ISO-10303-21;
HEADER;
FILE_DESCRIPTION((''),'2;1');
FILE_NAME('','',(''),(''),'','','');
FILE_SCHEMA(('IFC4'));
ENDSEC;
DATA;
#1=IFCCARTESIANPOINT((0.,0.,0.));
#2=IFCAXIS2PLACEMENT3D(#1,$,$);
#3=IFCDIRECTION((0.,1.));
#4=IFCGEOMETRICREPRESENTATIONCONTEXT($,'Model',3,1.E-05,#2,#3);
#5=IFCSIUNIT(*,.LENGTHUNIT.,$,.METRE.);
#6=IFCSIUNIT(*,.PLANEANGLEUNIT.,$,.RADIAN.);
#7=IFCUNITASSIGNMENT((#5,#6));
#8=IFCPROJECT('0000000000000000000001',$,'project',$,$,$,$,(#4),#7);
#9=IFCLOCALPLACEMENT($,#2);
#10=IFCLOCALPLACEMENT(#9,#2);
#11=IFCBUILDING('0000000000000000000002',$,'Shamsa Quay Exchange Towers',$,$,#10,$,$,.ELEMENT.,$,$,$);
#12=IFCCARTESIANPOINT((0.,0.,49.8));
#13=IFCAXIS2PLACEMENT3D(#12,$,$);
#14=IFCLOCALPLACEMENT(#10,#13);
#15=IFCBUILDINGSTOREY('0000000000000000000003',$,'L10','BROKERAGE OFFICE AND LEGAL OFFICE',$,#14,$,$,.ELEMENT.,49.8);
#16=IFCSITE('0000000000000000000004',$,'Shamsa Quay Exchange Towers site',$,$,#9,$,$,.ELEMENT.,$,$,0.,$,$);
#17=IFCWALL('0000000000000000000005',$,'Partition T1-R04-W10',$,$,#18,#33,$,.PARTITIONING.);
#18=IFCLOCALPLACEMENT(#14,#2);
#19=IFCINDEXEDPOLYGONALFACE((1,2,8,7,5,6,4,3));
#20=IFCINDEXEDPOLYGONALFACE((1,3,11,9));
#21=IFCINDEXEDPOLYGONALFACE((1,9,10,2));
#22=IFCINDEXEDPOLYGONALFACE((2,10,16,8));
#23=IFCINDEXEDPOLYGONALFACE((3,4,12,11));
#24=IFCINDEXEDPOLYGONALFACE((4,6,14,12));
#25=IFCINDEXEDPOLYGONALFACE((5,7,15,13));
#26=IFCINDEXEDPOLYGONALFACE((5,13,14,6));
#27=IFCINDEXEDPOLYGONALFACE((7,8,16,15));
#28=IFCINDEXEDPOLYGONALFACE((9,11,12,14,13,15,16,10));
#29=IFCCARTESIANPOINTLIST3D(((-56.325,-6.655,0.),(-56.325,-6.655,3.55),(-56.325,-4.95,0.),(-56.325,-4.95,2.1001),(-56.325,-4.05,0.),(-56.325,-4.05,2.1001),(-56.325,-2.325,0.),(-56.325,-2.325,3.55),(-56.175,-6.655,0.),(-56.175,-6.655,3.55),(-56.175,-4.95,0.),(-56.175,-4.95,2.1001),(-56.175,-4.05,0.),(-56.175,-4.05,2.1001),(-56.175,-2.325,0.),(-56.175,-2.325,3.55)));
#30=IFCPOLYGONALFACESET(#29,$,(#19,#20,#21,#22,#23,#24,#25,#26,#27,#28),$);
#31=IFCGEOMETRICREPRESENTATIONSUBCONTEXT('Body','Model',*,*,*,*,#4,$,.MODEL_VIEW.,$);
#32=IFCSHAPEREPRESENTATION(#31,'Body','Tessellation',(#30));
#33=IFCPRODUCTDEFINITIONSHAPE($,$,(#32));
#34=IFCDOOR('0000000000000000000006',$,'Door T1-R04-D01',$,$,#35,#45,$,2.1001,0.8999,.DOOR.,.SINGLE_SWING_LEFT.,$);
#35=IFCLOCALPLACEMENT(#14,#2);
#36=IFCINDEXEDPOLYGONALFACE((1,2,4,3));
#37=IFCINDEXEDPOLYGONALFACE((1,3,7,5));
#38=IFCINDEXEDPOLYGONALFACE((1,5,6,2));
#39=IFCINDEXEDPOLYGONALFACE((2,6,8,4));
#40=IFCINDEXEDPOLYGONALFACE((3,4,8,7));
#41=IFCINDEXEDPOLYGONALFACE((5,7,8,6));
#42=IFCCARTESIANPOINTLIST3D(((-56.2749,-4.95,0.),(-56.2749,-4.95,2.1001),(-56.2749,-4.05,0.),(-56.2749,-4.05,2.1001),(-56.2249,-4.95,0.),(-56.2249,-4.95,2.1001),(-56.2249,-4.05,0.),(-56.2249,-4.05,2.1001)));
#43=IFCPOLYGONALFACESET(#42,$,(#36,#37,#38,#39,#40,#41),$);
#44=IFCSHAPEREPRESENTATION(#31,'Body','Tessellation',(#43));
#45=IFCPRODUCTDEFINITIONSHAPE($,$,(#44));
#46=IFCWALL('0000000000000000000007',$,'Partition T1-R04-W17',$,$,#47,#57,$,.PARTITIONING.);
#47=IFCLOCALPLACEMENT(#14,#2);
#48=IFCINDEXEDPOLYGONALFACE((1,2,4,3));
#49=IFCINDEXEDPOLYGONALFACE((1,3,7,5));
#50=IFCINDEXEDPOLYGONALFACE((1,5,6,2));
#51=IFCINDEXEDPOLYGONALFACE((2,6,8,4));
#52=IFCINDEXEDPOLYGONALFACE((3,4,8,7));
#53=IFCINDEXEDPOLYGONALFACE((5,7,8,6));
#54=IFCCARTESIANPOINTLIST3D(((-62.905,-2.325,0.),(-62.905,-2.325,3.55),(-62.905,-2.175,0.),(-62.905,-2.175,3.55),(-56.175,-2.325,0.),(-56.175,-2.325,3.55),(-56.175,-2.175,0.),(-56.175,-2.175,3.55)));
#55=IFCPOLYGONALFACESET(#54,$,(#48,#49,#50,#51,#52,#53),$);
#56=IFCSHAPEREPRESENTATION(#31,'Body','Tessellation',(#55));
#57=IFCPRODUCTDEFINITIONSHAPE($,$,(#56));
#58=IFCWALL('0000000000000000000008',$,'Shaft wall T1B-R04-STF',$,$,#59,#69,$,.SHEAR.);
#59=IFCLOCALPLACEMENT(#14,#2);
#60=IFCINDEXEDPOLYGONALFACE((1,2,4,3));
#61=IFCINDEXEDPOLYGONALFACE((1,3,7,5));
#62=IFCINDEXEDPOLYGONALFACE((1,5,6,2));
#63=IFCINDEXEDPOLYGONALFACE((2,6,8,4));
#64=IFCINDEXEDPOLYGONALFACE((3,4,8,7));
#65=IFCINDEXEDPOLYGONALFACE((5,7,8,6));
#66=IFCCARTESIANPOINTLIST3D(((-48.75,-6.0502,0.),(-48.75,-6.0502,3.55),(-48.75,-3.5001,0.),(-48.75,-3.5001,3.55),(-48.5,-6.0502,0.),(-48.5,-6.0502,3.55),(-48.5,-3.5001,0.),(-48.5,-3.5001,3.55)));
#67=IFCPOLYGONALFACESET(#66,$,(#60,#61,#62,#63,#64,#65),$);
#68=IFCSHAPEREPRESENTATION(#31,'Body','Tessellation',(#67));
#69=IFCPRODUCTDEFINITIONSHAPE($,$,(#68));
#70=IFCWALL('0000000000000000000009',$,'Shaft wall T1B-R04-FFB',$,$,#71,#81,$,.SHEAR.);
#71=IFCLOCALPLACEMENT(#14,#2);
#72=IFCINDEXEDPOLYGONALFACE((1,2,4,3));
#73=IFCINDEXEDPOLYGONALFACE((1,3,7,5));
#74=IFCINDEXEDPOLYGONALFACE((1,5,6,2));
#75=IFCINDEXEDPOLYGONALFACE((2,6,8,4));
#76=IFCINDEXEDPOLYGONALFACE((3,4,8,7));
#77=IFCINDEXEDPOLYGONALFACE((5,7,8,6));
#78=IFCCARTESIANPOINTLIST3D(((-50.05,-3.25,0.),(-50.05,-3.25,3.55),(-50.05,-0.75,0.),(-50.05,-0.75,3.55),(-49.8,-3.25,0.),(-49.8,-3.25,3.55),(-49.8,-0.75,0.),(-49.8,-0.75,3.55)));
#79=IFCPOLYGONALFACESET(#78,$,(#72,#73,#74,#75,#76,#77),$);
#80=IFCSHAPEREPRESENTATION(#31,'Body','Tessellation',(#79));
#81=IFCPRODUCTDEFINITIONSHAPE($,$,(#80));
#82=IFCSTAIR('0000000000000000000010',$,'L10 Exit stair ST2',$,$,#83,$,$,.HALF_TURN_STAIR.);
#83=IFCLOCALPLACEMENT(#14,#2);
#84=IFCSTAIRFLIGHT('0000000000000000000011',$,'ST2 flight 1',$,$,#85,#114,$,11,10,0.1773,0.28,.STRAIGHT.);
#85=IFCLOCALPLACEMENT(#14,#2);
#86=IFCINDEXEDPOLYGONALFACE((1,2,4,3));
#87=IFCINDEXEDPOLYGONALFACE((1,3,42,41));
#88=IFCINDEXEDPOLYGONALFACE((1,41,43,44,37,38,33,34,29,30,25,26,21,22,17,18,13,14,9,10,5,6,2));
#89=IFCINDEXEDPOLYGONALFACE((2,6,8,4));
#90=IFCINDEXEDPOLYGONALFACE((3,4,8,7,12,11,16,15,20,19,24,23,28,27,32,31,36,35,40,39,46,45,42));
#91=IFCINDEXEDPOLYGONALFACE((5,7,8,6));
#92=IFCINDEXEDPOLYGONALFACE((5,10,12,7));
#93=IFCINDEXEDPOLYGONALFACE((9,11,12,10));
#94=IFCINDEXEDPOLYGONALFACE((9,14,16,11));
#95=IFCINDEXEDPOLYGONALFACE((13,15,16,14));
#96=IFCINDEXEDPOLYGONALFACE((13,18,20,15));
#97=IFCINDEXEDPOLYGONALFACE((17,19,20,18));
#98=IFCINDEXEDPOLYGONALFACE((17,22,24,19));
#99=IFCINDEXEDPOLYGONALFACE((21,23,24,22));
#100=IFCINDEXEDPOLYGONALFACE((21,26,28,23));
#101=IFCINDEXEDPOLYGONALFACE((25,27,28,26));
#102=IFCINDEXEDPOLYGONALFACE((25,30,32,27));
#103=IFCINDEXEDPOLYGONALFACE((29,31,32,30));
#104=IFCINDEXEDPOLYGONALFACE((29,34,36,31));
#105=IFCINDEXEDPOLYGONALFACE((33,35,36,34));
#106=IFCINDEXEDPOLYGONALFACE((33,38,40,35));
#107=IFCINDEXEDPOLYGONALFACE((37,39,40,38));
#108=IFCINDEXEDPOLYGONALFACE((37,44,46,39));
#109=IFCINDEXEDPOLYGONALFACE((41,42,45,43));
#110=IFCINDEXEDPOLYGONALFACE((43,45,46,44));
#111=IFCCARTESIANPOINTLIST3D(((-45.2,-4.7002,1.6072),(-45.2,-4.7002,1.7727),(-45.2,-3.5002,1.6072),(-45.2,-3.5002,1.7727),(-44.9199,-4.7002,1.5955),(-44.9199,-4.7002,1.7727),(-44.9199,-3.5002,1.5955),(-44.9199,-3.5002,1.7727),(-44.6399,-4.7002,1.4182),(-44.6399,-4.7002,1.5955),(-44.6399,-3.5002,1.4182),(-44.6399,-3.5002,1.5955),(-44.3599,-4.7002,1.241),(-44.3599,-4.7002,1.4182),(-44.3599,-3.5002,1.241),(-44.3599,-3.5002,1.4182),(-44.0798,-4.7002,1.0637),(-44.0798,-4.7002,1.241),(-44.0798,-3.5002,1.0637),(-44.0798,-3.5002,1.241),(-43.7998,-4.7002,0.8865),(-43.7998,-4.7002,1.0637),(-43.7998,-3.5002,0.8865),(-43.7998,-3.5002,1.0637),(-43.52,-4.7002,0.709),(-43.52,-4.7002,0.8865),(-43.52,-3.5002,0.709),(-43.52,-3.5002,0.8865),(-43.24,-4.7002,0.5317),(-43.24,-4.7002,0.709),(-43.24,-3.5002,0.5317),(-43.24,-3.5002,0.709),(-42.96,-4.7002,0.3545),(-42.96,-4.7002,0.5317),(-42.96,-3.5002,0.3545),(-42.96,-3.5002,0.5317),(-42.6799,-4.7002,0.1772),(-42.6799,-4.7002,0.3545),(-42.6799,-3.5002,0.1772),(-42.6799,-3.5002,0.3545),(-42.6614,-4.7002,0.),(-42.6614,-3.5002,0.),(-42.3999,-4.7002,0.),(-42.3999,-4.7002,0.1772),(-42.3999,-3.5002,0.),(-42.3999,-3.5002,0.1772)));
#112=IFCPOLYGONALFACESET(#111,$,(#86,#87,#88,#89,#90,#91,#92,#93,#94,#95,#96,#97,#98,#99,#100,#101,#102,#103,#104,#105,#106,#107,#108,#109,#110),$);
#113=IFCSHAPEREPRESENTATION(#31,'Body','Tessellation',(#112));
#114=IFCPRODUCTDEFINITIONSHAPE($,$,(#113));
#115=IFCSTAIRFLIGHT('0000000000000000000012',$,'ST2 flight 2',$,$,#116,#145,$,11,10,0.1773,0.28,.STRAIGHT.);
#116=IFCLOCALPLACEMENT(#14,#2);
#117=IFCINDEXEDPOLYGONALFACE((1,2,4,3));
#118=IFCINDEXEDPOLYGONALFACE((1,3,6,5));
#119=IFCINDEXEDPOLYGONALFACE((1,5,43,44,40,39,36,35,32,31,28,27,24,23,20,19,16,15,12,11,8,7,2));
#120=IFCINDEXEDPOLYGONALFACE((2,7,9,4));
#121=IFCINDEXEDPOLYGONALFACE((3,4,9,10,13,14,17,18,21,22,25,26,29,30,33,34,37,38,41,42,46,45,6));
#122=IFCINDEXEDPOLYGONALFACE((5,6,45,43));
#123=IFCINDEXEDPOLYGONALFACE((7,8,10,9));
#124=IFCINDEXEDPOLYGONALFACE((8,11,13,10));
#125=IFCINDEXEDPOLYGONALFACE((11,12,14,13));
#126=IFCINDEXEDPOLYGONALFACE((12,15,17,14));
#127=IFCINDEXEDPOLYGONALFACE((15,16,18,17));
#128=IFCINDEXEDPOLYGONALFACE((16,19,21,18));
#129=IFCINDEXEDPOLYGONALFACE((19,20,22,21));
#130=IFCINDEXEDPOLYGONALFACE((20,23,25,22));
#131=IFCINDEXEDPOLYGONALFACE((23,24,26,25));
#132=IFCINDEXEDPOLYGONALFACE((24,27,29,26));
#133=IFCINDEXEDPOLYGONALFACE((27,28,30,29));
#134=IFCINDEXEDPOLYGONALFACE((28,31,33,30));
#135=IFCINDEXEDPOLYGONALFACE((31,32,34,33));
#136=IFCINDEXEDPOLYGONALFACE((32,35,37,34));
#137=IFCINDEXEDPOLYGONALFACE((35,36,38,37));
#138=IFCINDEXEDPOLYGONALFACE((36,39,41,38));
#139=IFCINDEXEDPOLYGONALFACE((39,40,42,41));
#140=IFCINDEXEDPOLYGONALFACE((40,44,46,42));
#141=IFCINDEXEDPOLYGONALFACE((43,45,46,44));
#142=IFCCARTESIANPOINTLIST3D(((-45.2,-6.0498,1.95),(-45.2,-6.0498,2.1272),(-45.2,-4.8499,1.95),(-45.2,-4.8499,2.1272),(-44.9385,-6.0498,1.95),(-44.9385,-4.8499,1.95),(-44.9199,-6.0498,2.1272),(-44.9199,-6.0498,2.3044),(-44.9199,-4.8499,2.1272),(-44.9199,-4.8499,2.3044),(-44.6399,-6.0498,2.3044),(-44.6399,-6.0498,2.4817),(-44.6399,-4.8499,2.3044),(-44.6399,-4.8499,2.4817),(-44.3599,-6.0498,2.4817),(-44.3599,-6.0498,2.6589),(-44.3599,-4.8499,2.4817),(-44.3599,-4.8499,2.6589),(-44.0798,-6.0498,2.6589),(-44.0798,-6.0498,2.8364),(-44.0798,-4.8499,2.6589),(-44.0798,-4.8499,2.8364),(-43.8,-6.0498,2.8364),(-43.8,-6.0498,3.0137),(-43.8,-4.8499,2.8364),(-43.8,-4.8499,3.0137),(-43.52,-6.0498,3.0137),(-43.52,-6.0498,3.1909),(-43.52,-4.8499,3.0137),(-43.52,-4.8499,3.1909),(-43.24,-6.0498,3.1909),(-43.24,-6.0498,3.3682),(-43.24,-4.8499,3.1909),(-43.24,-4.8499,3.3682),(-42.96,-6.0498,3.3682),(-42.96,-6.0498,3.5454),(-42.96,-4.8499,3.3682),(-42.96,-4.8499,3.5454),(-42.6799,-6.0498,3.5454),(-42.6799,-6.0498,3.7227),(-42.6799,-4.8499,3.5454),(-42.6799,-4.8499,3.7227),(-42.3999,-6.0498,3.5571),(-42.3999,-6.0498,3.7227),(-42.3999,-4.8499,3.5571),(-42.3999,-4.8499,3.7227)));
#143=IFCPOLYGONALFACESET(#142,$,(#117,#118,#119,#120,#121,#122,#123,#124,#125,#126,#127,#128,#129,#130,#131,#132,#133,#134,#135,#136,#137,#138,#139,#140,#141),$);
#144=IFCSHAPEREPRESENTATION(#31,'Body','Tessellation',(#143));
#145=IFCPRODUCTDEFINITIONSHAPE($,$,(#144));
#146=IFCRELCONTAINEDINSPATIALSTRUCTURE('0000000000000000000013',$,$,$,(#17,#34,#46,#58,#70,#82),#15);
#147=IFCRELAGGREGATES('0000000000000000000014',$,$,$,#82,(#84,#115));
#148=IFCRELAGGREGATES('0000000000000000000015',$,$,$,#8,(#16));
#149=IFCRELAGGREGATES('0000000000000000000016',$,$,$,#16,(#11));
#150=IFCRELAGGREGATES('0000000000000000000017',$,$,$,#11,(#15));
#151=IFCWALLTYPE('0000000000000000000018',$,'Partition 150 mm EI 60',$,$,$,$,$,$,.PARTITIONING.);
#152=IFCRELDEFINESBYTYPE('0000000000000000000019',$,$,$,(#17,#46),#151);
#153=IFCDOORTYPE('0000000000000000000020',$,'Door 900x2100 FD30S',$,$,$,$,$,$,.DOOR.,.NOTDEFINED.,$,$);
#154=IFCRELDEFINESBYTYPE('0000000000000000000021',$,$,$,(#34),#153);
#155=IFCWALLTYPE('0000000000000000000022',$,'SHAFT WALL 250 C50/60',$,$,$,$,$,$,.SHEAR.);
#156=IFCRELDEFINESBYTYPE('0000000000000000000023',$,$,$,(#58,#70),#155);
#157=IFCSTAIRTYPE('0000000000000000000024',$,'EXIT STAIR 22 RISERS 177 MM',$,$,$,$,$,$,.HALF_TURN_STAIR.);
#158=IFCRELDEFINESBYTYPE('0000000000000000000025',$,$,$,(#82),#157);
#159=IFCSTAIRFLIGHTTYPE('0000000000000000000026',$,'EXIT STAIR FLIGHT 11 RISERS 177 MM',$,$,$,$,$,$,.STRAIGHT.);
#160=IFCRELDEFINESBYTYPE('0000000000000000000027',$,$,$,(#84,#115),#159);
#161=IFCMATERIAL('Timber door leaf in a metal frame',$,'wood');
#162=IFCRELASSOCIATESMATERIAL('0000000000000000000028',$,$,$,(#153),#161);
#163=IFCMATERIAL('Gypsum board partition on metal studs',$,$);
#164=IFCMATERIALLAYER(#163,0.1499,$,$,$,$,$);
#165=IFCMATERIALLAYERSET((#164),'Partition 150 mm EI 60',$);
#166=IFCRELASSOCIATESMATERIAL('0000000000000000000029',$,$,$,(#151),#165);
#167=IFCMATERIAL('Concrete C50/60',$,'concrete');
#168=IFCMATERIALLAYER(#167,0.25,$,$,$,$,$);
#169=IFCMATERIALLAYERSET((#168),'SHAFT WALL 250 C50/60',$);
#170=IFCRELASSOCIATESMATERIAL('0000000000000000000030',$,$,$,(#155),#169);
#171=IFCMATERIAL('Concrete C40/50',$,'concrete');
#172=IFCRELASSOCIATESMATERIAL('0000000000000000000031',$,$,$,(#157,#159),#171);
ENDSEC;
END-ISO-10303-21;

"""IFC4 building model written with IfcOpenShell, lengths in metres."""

from ifc_helpers import new_model, si_unit, direction, frame, frame_2d, origin, place, context, subcontext, project, spatial, polyline, rectangle, outline, extrude, material, layer, layer_set, type_object, element, fill, aggregate, save


model = new_model("IFC4")

# Units and contexts
model_context = context("Model", 3, precision=1e-05, world=origin(), true_north=direction((0.0, 1.0)))
body_context = subcontext(model_context, "Body", "Model", "MODEL_VIEW")
ifc_project = project(units=[si_unit("LENGTHUNIT", "METRE"), si_unit("PLANEANGLEUNIT", "RADIAN")], contexts=[model_context])

# Site, building, storey
site_placement = place(None, origin())
site = spatial("IfcSite", under=ifc_project, at=site_placement, Name="Shamsa Quay Exchange Towers site", CompositionType="ELEMENT", RefElevation=0.0)
building_placement = place(site_placement, origin())
building = spatial("IfcBuilding", under=site, at=building_placement, Name="Shamsa Quay Exchange Towers", CompositionType="ELEMENT")
storey_placement = place(building_placement, frame((0.0, 0.0, 49.8)))
storey = spatial("IfcBuildingStorey", under=building, at=storey_placement, Name="L10", Description="BROKERAGE OFFICE AND LEGAL OFFICE", CompositionType="ELEMENT", Elevation=49.8)

# Wall, opening, door
ifc_material_1 = material(Name="Timber door leaf in a metal frame", Category="wood")
door_type_1 = type_object("IfcDoorType", Name="Door 900x2100 FD30S", OperationType="NOTDEFINED", PredefinedType="DOOR", material=ifc_material_1)
ifc_material_2 = material(Name="Gypsum board partition on metal studs")
ifc_layer_1 = layer(ifc_material_2, 0.1499)
ifc_layer_set_1 = layer_set([ifc_layer_1], Name="Partition 150 mm EI 60")
wall_type_1 = type_object("IfcWallType", Name="Partition 150 mm EI 60", PredefinedType="PARTITIONING", material=ifc_layer_set_1)
wall_1_placement = place(storey_placement, frame((-56.25, -6.655, 0.0), z_axis=(0.0, 0.0, 1.0), x_axis=(0.0, 1.0, 0.0)))
wall_1 = element("IfcWall", 1, at=wall_1_placement, inside=storey, type_object=wall_type_1, Name="Partition T1-R04-W10", PredefinedType="PARTITIONING", context=body_context, shape_type="SweptSolid", body=[
    extrude(rectangle(XDim=4.3301, YDim=0.1499, at=frame_2d((2.165, 0.0))), origin(), (0.0, 0.0, 1.0), 3.55),
])
opening_1_placement = place(wall_1_placement, frame((1.7051, 0.0, 0.0)))
opening_1 = element("IfcOpeningElement", 2, at=opening_1_placement, cuts=wall_1, PredefinedType="OPENING", context=body_context, shape_type="SweptSolid", body=[
    extrude(rectangle(XDim=0.8999, YDim=2.1001, at=frame_2d((0.45, 1.05))), frame((0.0, 0.085, 0.0), z_axis=(0.0, -1.0, 0.0), x_axis=(1.0, 0.0, 0.0)), (0.0, 0.0, 1.0), 0.1699),
])
door_1_placement = place(opening_1_placement, origin())
door_1 = element("IfcDoor", 3, at=door_1_placement, inside=storey, type_object=door_type_1, Name="Door T1-R04-D01", OperationType="SINGLE_SWING_LEFT", OverallHeight=2.1001, OverallWidth=0.8999, PredefinedType="DOOR", context=body_context, shape_type="SweptSolid", body=[
    extrude(rectangle(XDim=0.8999, YDim=2.1001, at=frame_2d((0.45, 1.05))), frame((0.0, 0.0249, 0.0), z_axis=(0.0, -1.0, 0.0), x_axis=(1.0, 0.0, 0.0)), (0.0, 0.0, 1.0), 0.05),
])
fill(opening_1, door_1)

# Walls
wall_2_placement = place(storey_placement, frame((-56.175, -2.25, 0.0), z_axis=(0.0, 0.0, 1.0), x_axis=(-1.0, 0.0, 0.0)))
element("IfcWall", 4, at=wall_2_placement, inside=storey, type_object=wall_type_1, Name="Partition T1-R04-W17", PredefinedType="PARTITIONING", context=body_context, shape_type="SweptSolid", body=[
    extrude(rectangle(XDim=6.73, YDim=0.1499, at=frame_2d((3.365, 0.0))), origin(), (0.0, 0.0, 1.0), 3.55),
])
ifc_material_3 = material(Name="Concrete C50/60", Category="concrete")
ifc_layer_2 = layer(ifc_material_3, 0.25)
ifc_layer_set_2 = layer_set([ifc_layer_2], Name="SHAFT WALL 250 C50/60")
wall_type_2 = type_object("IfcWallType", Name="SHAFT WALL 250 C50/60", PredefinedType="SHEAR", material=ifc_layer_set_2)
wall_3_placement = place(storey_placement, frame((-48.625, -6.05, 0.0), z_axis=(0.0, 0.0, 1.0), x_axis=(0.0, 1.0, 0.0)))
element("IfcWall", 5, at=wall_3_placement, inside=storey, type_object=wall_type_2, Name="Shaft wall T1B-R04-STF", PredefinedType="SHEAR", context=body_context, shape_type="SweptSolid", body=[
    extrude(rectangle(XDim=2.55, YDim=0.25, at=frame_2d((1.2749, 0.0))), origin(), (0.0, 0.0, 1.0), 3.55),
])

# Wall
wall_4_placement = place(storey_placement, frame((-49.925, -3.25, 0.0), z_axis=(0.0, 0.0, 1.0), x_axis=(0.0, 1.0, 0.0)))
element("IfcWall", 6, at=wall_4_placement, inside=storey, type_object=wall_type_2, Name="Shaft wall T1B-R04-FFB", PredefinedType="SHEAR", context=body_context, shape_type="SweptSolid", body=[
    extrude(rectangle(XDim=2.5, YDim=0.25, at=frame_2d((1.25, 0.0))), origin(), (0.0, 0.0, 1.0), 3.55),
])

# Stair, stair flights
ifc_material_4 = material(Name="Concrete C40/50", Category="concrete")
stair_type = type_object("IfcStairType", Name="EXIT STAIR 22 RISERS 177 MM", PredefinedType="HALF_TURN_STAIR", material=ifc_material_4)
stair_placement = place(storey_placement, origin())
stair = element("IfcStair", 7, at=stair_placement, inside=storey, type_object=stair_type, Name="L10 Exit stair ST2", PredefinedType="HALF_TURN_STAIR")
stair_flight_type = type_object("IfcStairFlightType", Name="EXIT STAIR FLIGHT 11 RISERS 177 MM", PredefinedType="STRAIGHT", material=ifc_material_4)
stair_flight_1_placement = place(storey_placement, frame((-42.3999, -4.1001, 0.0), z_axis=(0.0, 0.0, 1.0), x_axis=(-1.0, 0.0, 0.0)))
stair_flight_1 = element("IfcStairFlight", 8, at=stair_flight_1_placement, type_object=stair_flight_type, Name="ST2 flight 1", NumberOfRisers=11, NumberOfTreads=10, PredefinedType="STRAIGHT", RiserHeight=0.1773, TreadLength=0.28, context=body_context, shape_type="SweptSolid", body=[
    extrude(outline(polyline([(0.0, 0.0), (0.0, 0.1772), (0.28, 0.1772), (0.28, 0.3545), (0.5601, 0.3545), (0.5601, 0.5317), (0.8401, 0.5317), (0.8401, 0.709), (1.1201, 0.709), (1.1201, 0.8865), (1.3999, 0.8865), (1.3999, 1.0637), (1.6799, 1.0637), (1.6799, 1.241), (1.96, 1.241), (1.96, 1.4182), (2.24, 1.4182), (2.24, 1.5955), (2.52, 1.5955), (2.52, 1.7727), (2.8, 1.7727), (2.8, 1.95), (2.8, 1.6072), (0.2615, 0.0), (0.0, 0.0)])), frame((0.0, 0.6001, 0.0), z_axis=(0.0, -1.0, 0.0), x_axis=(1.0, 0.0, 0.0)), (0.0, 0.0, 1.0), 1.2),
])
stair_flight_2_placement = place(storey_placement, frame((-45.2, -5.45, 1.95)))
stair_flight_2 = element("IfcStairFlight", 9, at=stair_flight_2_placement, type_object=stair_flight_type, Name="ST2 flight 2", NumberOfRisers=11, NumberOfTreads=10, PredefinedType="STRAIGHT", RiserHeight=0.1773, TreadLength=0.28, context=body_context, shape_type="SweptSolid", body=[
    extrude(outline(polyline([(0.0, 0.0), (0.0, 0.1772), (0.28, 0.1772), (0.28, 0.3545), (0.5601, 0.3545), (0.5601, 0.5317), (0.8401, 0.5317), (0.8401, 0.709), (1.1201, 0.709), (1.1201, 0.8865), (1.3999, 0.8865), (1.3999, 1.0637), (1.6799, 1.0637), (1.6799, 1.241), (1.96, 1.241), (1.96, 1.4182), (2.24, 1.4182), (2.24, 1.5955), (2.52, 1.5955), (2.52, 1.7727), (2.8, 1.7727), (2.8, 1.95), (2.8, 1.6072), (0.2615, 0.0), (0.0, 0.0)])), frame((0.0, 0.6001, 0.0), z_axis=(0.0, -1.0, 0.0), x_axis=(1.0, 0.0, 0.0)), (0.0, 0.0, 1.0), 1.2),
])
aggregate(stair, [stair_flight_1, stair_flight_2])

save(model, "model.ifc")
